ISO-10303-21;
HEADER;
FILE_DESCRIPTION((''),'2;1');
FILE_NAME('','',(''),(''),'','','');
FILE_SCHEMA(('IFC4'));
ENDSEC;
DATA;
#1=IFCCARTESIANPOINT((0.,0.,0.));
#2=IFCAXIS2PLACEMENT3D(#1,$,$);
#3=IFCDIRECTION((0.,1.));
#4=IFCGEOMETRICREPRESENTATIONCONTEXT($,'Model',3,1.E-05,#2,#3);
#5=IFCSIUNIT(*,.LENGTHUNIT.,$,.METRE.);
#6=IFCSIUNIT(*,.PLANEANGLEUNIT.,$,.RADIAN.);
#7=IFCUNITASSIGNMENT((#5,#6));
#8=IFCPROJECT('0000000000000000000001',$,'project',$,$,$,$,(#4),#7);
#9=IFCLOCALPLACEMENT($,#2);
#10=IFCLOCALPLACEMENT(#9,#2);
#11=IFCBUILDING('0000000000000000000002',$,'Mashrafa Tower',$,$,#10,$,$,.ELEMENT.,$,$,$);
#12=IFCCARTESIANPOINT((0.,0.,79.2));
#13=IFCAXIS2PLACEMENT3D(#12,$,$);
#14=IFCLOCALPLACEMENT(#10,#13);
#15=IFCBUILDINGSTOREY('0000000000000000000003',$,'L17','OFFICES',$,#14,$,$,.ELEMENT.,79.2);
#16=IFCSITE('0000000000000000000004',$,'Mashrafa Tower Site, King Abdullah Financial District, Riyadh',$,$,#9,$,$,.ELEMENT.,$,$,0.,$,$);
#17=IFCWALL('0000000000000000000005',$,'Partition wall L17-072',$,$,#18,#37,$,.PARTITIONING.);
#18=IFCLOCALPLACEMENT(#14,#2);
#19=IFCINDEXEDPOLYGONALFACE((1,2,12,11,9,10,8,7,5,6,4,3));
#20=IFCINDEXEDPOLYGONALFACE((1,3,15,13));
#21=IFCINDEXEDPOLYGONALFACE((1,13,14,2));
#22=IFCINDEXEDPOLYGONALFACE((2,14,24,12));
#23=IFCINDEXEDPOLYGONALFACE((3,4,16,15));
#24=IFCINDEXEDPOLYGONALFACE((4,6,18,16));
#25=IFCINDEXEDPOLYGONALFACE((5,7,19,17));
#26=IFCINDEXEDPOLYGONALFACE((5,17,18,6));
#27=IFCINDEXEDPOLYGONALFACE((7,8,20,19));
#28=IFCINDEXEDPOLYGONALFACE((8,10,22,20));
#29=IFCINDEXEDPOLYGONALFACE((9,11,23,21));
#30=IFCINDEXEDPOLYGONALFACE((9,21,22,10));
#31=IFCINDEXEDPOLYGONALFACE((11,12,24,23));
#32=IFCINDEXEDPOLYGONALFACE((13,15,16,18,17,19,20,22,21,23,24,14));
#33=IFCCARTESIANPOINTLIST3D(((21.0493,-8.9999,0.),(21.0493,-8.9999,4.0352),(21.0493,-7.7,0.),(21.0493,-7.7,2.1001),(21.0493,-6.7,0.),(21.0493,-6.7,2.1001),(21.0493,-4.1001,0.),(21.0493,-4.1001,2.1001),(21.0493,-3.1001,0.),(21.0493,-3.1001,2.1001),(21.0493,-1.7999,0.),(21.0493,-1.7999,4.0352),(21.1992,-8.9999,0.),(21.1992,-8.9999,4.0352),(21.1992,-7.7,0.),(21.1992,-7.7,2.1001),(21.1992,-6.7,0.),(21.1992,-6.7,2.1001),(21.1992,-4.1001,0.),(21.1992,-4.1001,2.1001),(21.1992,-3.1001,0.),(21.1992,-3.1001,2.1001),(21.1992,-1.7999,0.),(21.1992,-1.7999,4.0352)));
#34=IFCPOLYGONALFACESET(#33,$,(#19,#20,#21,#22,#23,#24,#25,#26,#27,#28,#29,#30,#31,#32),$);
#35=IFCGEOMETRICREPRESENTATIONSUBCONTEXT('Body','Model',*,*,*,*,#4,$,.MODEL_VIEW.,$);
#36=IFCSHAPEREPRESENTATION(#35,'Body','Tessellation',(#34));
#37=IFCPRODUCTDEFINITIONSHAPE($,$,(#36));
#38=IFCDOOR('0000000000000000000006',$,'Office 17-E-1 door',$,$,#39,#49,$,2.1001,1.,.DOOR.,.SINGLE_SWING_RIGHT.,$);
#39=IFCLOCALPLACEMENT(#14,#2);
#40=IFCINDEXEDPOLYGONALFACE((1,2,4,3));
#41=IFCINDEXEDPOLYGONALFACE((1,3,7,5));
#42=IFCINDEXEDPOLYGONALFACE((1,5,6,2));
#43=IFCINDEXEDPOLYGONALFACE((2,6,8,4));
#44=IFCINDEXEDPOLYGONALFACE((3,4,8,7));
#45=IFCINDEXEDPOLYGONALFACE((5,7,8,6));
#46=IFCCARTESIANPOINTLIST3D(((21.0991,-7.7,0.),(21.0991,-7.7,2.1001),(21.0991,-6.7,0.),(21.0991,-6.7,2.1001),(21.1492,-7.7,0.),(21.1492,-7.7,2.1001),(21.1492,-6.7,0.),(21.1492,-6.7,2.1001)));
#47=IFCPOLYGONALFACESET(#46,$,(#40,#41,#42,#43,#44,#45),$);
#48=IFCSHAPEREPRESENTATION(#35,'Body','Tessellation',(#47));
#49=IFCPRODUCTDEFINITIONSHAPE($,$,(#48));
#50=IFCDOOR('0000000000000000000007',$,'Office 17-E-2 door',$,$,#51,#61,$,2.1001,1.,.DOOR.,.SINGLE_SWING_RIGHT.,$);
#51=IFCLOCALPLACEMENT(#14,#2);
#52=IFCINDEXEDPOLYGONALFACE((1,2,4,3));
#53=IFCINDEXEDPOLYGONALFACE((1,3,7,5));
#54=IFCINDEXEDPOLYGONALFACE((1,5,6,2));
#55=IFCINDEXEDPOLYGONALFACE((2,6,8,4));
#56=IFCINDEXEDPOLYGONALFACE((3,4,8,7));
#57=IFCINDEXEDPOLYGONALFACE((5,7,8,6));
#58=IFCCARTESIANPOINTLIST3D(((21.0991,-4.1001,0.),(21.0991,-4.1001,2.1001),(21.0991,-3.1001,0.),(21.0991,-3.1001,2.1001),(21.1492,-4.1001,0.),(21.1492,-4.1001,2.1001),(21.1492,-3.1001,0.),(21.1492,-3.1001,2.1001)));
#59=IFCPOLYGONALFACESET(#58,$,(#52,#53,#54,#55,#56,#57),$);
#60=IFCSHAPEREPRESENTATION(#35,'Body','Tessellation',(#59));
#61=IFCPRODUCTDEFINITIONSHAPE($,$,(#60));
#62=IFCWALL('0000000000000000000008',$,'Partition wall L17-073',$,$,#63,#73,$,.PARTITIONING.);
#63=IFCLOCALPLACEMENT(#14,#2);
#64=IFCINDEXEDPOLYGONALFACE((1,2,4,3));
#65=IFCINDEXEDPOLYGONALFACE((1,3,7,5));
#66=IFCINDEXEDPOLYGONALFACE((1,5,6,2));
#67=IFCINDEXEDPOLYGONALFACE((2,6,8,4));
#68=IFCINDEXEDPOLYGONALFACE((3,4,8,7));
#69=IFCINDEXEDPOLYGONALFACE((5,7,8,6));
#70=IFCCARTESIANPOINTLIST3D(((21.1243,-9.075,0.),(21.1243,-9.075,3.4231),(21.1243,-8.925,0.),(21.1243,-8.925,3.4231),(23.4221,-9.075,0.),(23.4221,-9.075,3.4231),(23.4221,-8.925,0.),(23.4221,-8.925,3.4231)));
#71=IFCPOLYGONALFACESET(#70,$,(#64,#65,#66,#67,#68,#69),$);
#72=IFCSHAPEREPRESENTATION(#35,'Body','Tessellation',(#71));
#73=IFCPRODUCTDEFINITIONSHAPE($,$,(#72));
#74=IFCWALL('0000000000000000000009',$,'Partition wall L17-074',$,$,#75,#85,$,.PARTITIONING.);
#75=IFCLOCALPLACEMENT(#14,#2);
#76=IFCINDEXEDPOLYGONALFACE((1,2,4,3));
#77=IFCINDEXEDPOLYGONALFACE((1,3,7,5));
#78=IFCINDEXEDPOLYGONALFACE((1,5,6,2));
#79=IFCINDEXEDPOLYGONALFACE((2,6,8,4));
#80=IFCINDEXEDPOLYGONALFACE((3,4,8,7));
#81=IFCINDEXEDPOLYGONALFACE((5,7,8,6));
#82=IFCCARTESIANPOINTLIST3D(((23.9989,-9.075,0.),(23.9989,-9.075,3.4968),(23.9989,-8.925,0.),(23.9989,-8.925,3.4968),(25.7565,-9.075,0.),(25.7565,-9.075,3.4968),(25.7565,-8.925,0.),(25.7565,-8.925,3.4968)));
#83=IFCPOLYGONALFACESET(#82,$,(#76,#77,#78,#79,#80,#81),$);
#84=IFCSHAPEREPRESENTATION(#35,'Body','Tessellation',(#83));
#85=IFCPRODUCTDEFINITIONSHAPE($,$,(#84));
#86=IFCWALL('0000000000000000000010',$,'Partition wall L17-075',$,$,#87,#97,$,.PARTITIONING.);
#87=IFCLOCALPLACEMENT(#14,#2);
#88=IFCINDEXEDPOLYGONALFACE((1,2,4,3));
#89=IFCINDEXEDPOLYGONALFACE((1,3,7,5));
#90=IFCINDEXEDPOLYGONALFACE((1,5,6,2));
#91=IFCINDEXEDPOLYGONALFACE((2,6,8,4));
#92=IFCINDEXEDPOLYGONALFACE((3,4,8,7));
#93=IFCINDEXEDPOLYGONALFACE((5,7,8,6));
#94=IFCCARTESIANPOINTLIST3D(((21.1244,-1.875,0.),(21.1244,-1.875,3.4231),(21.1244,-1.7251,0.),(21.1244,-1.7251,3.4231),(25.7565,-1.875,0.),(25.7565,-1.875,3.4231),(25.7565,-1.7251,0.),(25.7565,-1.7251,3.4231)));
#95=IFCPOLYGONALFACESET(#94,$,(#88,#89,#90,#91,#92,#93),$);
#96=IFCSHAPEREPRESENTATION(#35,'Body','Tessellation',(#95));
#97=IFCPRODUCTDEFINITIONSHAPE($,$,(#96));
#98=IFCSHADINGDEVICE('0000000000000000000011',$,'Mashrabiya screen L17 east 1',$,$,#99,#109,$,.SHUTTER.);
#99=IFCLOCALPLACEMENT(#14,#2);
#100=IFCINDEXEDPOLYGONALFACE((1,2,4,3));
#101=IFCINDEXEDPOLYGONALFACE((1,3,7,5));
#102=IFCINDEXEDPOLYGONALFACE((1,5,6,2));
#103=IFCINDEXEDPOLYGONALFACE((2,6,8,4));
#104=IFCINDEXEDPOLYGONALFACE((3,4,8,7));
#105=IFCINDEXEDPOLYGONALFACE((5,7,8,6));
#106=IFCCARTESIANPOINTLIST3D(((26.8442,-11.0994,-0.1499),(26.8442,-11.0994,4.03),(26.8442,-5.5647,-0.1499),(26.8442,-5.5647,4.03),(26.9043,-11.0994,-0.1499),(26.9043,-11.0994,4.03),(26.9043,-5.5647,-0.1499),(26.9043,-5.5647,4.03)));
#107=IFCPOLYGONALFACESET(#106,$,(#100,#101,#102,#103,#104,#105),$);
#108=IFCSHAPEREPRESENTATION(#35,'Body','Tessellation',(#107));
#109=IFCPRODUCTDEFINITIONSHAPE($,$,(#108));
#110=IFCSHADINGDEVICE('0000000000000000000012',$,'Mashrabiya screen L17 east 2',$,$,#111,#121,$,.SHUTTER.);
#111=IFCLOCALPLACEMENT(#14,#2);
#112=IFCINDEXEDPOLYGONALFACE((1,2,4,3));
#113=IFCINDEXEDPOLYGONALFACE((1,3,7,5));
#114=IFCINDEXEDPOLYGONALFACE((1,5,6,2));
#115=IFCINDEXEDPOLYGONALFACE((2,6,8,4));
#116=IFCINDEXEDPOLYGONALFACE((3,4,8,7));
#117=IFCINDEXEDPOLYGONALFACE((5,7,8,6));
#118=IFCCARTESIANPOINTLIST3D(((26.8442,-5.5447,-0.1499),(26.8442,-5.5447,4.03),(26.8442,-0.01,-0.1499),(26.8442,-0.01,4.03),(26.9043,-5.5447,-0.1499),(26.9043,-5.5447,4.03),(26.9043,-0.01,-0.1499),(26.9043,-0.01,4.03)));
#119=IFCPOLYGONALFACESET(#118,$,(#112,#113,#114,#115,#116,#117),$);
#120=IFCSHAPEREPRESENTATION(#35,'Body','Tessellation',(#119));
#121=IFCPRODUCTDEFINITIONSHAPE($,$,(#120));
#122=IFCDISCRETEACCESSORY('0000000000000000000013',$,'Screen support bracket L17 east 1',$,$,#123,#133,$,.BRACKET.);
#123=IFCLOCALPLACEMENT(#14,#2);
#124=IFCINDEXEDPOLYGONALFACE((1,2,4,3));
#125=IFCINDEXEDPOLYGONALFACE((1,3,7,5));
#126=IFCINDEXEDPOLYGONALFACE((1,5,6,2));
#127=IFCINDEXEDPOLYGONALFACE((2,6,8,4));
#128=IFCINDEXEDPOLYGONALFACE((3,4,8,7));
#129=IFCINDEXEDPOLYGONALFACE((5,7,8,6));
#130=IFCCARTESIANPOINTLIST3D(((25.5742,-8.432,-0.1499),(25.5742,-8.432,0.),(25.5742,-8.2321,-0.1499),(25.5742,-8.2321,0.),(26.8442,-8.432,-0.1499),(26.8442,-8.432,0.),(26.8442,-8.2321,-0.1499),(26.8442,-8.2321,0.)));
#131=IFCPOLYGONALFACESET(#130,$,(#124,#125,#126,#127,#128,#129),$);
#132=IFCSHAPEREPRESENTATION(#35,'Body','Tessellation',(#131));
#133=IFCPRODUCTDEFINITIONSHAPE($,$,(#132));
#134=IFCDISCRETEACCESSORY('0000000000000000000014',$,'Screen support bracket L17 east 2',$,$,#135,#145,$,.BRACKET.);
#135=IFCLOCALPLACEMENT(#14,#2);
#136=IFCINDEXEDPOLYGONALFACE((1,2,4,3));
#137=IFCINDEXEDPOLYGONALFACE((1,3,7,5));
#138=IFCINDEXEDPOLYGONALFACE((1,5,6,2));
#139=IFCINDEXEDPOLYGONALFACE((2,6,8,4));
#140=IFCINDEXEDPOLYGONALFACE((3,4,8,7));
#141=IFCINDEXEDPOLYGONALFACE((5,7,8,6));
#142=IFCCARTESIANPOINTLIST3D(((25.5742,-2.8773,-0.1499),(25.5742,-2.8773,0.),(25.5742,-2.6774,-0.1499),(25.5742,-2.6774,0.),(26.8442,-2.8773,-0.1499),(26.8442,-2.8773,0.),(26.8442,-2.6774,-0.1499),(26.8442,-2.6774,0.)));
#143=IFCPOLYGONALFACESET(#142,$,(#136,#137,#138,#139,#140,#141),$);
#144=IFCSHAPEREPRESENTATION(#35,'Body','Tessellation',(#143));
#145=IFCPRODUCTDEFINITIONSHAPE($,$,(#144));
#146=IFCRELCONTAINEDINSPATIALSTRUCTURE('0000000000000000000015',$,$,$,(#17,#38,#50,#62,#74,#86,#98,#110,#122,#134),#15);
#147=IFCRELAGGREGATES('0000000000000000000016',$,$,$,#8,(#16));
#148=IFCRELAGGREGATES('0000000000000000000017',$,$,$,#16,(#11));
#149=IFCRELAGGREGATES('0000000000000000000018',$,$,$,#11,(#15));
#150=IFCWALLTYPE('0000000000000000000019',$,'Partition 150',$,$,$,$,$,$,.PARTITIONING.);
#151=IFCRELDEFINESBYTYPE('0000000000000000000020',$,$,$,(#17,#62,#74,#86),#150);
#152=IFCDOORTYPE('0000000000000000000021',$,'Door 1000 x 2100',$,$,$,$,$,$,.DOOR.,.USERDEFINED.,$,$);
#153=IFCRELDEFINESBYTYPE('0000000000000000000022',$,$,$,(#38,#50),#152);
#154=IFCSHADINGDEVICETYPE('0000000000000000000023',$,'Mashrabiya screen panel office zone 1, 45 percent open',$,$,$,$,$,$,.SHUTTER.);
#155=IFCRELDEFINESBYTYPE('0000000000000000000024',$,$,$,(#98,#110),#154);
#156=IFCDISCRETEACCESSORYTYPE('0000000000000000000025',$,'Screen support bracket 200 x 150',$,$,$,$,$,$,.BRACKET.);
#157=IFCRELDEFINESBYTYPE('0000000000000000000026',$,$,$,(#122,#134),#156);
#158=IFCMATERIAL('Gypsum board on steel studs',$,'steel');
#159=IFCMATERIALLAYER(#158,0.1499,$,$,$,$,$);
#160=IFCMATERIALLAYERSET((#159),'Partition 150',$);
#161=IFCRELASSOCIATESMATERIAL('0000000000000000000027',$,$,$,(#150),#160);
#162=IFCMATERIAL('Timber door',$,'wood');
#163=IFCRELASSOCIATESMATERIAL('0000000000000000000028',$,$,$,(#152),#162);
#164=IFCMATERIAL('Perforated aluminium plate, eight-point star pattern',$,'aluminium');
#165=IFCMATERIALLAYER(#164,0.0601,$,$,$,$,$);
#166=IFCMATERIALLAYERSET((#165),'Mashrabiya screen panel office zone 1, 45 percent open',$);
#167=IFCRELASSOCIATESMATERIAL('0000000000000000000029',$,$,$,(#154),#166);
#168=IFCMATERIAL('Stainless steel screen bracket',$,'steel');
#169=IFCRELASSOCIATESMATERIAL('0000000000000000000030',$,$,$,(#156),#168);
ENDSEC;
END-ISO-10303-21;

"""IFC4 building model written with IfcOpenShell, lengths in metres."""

from ifc_helpers import new_model, si_unit, direction, frame, frame_2d, origin, origin_2d, place, context, subcontext, project, spatial, rectangle, extrude, source, transform, mapped, material, layer, layer_set, type_object, type_shapes, element, fill, save


model = new_model("IFC4")

# Units and contexts
model_context = context("Model", 3, precision=1e-05, world=origin(), true_north=direction((0.0, 1.0)))
body_context = subcontext(model_context, "Body", "Model", "MODEL_VIEW")
ifc_project = project(units=[si_unit("LENGTHUNIT", "METRE"), si_unit("PLANEANGLEUNIT", "RADIAN")], contexts=[model_context])

# Site, building, storey
site_placement = place(None, origin())
site = spatial("IfcSite", under=ifc_project, at=site_placement, Name="Mashrafa Tower Site, King Abdullah Financial District, Riyadh", CompositionType="ELEMENT", RefElevation=0.0)
building_placement = place(site_placement, origin())
building = spatial("IfcBuilding", under=site, at=building_placement, Name="Mashrafa Tower", CompositionType="ELEMENT")
storey_placement = place(building_placement, frame((0.0, 0.0, 79.2)))
storey = spatial("IfcBuildingStorey", under=building, at=storey_placement, Name="L17", Description="OFFICES", CompositionType="ELEMENT", Elevation=79.2)

# Shared definitions
ifc_material_1 = material(Name="Gypsum board on steel studs", Category="steel")
ifc_layer_1 = layer(ifc_material_1, 0.1499)
ifc_layer_set_1 = layer_set([ifc_layer_1], Name="Partition 150")
wall_type_1 = type_object("IfcWallType", Name="Partition 150", PredefinedType="PARTITIONING", material=ifc_layer_set_1)

# Wall, openings, doors
wall_1_placement = place(storey_placement, frame((21.1243, -9.0, 0.0), z_axis=(0.0, 0.0, 1.0), x_axis=(0.0, 1.0, 0.0)))
wall_1 = element("IfcWall", 1, at=wall_1_placement, inside=storey, type_object=wall_type_1, Name="Partition wall L17-072", PredefinedType="PARTITIONING", context=body_context, shape_type="SweptSolid", body=[
    extrude(rectangle(XDim=7.2, YDim=0.1499, at=frame_2d((3.6001, 0.0))), origin(), (0.0, 0.0, 1.0), 4.0352),
])
opening_1_placement = place(wall_1_placement, frame((1.3, 0.0, 0.0)))
opening_1 = element("IfcOpeningElement", 2, at=opening_1_placement, cuts=wall_1, PredefinedType="OPENING", context=body_context, shape_type="SweptSolid", body=[
    extrude(rectangle(XDim=1.0, YDim=2.1001, at=frame_2d((0.5, 1.05))), frame((0.0, 0.085, 0.0), z_axis=(0.0, -1.0, 0.0), x_axis=(1.0, 0.0, 0.0)), (0.0, 0.0, 1.0), 0.1699),
])
opening_2_placement = place(wall_1_placement, frame((4.8999, 0.0, 0.0)))
opening_2 = element("IfcOpeningElement", 3, at=opening_2_placement, cuts=wall_1, PredefinedType="OPENING", context=body_context, shape_type="SweptSolid", body=[
    extrude(rectangle(XDim=1.0, YDim=2.1001, at=frame_2d((0.5, 1.05))), frame((0.0, 0.085, 0.0), z_axis=(0.0, -1.0, 0.0), x_axis=(1.0, 0.0, 0.0)), (0.0, 0.0, 1.0), 0.1699),
])
ifc_material_2 = material(Name="Timber door", Category="wood")
door_type_1 = type_object("IfcDoorType", Name="Door 1000 x 2100", OperationType="USERDEFINED", PredefinedType="DOOR", material=ifc_material_2)
door_1_placement = place(opening_1_placement, frame((1.0, 0.0, 0.0), z_axis=(0.0, 0.0, 1.0), x_axis=(-1.0, 0.0, 0.0)))
door_1 = element("IfcDoor", 4, at=door_1_placement, inside=storey, type_object=door_type_1, Name="Office 17-E-1 door", OperationType="SINGLE_SWING_RIGHT", OverallHeight=2.1001, OverallWidth=1.0, PredefinedType="DOOR", context=body_context, shape_type="SweptSolid", body=[
    extrude(rectangle(XDim=1.0, YDim=2.1001, at=frame_2d((0.5, 1.05))), frame((0.0, 0.0249, 0.0), z_axis=(0.0, -1.0, 0.0), x_axis=(1.0, 0.0, 0.0)), (0.0, 0.0, 1.0), 0.05),
])
fill(opening_1, door_1)
door_2_placement = place(opening_2_placement, frame((1.0, 0.0, 0.0), z_axis=(0.0, 0.0, 1.0), x_axis=(-1.0, 0.0, 0.0)))
door_2 = element("IfcDoor", 5, at=door_2_placement, inside=storey, type_object=door_type_1, Name="Office 17-E-2 door", OperationType="SINGLE_SWING_RIGHT", OverallHeight=2.1001, OverallWidth=1.0, PredefinedType="DOOR", context=body_context, shape_type="SweptSolid", body=[
    extrude(rectangle(XDim=1.0, YDim=2.1001, at=frame_2d((0.5, 1.05))), frame((0.0, 0.0249, 0.0), z_axis=(0.0, -1.0, 0.0), x_axis=(1.0, 0.0, 0.0)), (0.0, 0.0, 1.0), 0.05),
])
fill(opening_2, door_2)

# Walls
wall_2_placement = place(storey_placement, frame((21.1243, -9.0, 0.0), z_axis=(0.0, 0.0, 1.0), x_axis=(1.0, 0.0, 0.0)))
element("IfcWall", 6, at=wall_2_placement, inside=storey, type_object=wall_type_1, Name="Partition wall L17-073", PredefinedType="PARTITIONING", context=body_context, shape_type="SweptSolid", body=[
    extrude(rectangle(XDim=2.2979, YDim=0.1499, at=frame_2d((1.1489, 0.0))), origin(), (0.0, 0.0, 1.0), 3.4231),
])
wall_3_placement = place(storey_placement, frame((23.9988, -9.0, 0.0), z_axis=(0.0, 0.0, 1.0), x_axis=(1.0, 0.0, 0.0)))
element("IfcWall", 7, at=wall_3_placement, inside=storey, type_object=wall_type_1, Name="Partition wall L17-074", PredefinedType="PARTITIONING", context=body_context, shape_type="SweptSolid", body=[
    extrude(rectangle(XDim=1.7576, YDim=0.1499, at=frame_2d((0.8789, 0.0))), origin(), (0.0, 0.0, 1.0), 3.4968),
])
wall_4_placement = place(storey_placement, frame((25.7563, -1.8, 0.0), z_axis=(0.0, 0.0, 1.0), x_axis=(-1.0, 0.0, 0.0)))
element("IfcWall", 8, at=wall_4_placement, inside=storey, type_object=wall_type_1, Name="Partition wall L17-075", PredefinedType="PARTITIONING", context=body_context, shape_type="SweptSolid", body=[
    extrude(rectangle(XDim=4.6321, YDim=0.1499, at=frame_2d((2.3159, 0.0))), origin(), (0.0, 0.0, 1.0), 3.4231),
])

# Shading devices
ifc_material_3 = material(Name="Perforated aluminium plate, eight-point star pattern", Category="aluminium")
ifc_layer_2 = layer(ifc_material_3, 0.0601)
ifc_layer_set_2 = layer_set([ifc_layer_2], Name="Mashrabiya screen panel office zone 1, 45 percent open")
shading_device_type = type_object("IfcShadingDeviceType", Name="Mashrabiya screen panel office zone 1, 45 percent open", PredefinedType="SHUTTER", material=ifc_layer_set_2)
shared_shape_1 = source(origin(), body_context, "Body", "SweptSolid", [
    extrude(rectangle(XDim=5.5347, YDim=0.0601, at=origin_2d()), origin(), (0.0, 0.0, 1.0), 4.1799),
])
type_shapes(shading_device_type, [shared_shape_1])
for number, where, z_axis, x_axis, name in (
    (9, (26.8743, -8.332, -0.1499), (0.0, 0.0, 1.0), (0.0, 1.0, 0.0), "Mashrabiya screen L17 east 1"),
    (10, (26.8743, -2.7773, -0.1499), (0.0, 0.0, 1.0), (0.0, 1.0, 0.0), "Mashrabiya screen L17 east 2"),
):
    element("IfcShadingDevice", number, at=place(storey_placement, frame(where, z_axis=z_axis, x_axis=x_axis)), inside=storey, type_object=shading_device_type, Name=name, PredefinedType="SHUTTER", context=body_context, shape_type="MappedRepresentation", body=[
        mapped(shared_shape_1, transform((0.0, 0.0, 0.0))),
    ])

# Discrete accessories
ifc_material_4 = material(Name="Stainless steel screen bracket", Category="steel")
discrete_accessory_type = type_object("IfcDiscreteAccessoryType", Name="Screen support bracket 200 x 150", PredefinedType="BRACKET", material=ifc_material_4)
shared_shape_2 = source(origin(), body_context, "Body", "SweptSolid", [
    extrude(rectangle(XDim=0.2, YDim=1.27, at=origin_2d()), origin(), (0.0, 0.0, 1.0), 0.1499),
])
type_shapes(discrete_accessory_type, [shared_shape_2])
for number, where, z_axis, x_axis, name in (
    (11, (26.2092, -8.332, -0.1499), (0.0, 0.0, 1.0), (0.0, 1.0, 0.0), "Screen support bracket L17 east 1"),
    (12, (26.2092, -2.7773, -0.1499), (0.0, 0.0, 1.0), (0.0, 1.0, 0.0), "Screen support bracket L17 east 2"),
):
    element("IfcDiscreteAccessory", number, at=place(storey_placement, frame(where, z_axis=z_axis, x_axis=x_axis)), inside=storey, type_object=discrete_accessory_type, Name=name, PredefinedType="BRACKET", context=body_context, shape_type="MappedRepresentation", body=[
        mapped(shared_shape_2, transform((0.0, 0.0, 0.0))),
    ])

save(model, "model.ifc")
